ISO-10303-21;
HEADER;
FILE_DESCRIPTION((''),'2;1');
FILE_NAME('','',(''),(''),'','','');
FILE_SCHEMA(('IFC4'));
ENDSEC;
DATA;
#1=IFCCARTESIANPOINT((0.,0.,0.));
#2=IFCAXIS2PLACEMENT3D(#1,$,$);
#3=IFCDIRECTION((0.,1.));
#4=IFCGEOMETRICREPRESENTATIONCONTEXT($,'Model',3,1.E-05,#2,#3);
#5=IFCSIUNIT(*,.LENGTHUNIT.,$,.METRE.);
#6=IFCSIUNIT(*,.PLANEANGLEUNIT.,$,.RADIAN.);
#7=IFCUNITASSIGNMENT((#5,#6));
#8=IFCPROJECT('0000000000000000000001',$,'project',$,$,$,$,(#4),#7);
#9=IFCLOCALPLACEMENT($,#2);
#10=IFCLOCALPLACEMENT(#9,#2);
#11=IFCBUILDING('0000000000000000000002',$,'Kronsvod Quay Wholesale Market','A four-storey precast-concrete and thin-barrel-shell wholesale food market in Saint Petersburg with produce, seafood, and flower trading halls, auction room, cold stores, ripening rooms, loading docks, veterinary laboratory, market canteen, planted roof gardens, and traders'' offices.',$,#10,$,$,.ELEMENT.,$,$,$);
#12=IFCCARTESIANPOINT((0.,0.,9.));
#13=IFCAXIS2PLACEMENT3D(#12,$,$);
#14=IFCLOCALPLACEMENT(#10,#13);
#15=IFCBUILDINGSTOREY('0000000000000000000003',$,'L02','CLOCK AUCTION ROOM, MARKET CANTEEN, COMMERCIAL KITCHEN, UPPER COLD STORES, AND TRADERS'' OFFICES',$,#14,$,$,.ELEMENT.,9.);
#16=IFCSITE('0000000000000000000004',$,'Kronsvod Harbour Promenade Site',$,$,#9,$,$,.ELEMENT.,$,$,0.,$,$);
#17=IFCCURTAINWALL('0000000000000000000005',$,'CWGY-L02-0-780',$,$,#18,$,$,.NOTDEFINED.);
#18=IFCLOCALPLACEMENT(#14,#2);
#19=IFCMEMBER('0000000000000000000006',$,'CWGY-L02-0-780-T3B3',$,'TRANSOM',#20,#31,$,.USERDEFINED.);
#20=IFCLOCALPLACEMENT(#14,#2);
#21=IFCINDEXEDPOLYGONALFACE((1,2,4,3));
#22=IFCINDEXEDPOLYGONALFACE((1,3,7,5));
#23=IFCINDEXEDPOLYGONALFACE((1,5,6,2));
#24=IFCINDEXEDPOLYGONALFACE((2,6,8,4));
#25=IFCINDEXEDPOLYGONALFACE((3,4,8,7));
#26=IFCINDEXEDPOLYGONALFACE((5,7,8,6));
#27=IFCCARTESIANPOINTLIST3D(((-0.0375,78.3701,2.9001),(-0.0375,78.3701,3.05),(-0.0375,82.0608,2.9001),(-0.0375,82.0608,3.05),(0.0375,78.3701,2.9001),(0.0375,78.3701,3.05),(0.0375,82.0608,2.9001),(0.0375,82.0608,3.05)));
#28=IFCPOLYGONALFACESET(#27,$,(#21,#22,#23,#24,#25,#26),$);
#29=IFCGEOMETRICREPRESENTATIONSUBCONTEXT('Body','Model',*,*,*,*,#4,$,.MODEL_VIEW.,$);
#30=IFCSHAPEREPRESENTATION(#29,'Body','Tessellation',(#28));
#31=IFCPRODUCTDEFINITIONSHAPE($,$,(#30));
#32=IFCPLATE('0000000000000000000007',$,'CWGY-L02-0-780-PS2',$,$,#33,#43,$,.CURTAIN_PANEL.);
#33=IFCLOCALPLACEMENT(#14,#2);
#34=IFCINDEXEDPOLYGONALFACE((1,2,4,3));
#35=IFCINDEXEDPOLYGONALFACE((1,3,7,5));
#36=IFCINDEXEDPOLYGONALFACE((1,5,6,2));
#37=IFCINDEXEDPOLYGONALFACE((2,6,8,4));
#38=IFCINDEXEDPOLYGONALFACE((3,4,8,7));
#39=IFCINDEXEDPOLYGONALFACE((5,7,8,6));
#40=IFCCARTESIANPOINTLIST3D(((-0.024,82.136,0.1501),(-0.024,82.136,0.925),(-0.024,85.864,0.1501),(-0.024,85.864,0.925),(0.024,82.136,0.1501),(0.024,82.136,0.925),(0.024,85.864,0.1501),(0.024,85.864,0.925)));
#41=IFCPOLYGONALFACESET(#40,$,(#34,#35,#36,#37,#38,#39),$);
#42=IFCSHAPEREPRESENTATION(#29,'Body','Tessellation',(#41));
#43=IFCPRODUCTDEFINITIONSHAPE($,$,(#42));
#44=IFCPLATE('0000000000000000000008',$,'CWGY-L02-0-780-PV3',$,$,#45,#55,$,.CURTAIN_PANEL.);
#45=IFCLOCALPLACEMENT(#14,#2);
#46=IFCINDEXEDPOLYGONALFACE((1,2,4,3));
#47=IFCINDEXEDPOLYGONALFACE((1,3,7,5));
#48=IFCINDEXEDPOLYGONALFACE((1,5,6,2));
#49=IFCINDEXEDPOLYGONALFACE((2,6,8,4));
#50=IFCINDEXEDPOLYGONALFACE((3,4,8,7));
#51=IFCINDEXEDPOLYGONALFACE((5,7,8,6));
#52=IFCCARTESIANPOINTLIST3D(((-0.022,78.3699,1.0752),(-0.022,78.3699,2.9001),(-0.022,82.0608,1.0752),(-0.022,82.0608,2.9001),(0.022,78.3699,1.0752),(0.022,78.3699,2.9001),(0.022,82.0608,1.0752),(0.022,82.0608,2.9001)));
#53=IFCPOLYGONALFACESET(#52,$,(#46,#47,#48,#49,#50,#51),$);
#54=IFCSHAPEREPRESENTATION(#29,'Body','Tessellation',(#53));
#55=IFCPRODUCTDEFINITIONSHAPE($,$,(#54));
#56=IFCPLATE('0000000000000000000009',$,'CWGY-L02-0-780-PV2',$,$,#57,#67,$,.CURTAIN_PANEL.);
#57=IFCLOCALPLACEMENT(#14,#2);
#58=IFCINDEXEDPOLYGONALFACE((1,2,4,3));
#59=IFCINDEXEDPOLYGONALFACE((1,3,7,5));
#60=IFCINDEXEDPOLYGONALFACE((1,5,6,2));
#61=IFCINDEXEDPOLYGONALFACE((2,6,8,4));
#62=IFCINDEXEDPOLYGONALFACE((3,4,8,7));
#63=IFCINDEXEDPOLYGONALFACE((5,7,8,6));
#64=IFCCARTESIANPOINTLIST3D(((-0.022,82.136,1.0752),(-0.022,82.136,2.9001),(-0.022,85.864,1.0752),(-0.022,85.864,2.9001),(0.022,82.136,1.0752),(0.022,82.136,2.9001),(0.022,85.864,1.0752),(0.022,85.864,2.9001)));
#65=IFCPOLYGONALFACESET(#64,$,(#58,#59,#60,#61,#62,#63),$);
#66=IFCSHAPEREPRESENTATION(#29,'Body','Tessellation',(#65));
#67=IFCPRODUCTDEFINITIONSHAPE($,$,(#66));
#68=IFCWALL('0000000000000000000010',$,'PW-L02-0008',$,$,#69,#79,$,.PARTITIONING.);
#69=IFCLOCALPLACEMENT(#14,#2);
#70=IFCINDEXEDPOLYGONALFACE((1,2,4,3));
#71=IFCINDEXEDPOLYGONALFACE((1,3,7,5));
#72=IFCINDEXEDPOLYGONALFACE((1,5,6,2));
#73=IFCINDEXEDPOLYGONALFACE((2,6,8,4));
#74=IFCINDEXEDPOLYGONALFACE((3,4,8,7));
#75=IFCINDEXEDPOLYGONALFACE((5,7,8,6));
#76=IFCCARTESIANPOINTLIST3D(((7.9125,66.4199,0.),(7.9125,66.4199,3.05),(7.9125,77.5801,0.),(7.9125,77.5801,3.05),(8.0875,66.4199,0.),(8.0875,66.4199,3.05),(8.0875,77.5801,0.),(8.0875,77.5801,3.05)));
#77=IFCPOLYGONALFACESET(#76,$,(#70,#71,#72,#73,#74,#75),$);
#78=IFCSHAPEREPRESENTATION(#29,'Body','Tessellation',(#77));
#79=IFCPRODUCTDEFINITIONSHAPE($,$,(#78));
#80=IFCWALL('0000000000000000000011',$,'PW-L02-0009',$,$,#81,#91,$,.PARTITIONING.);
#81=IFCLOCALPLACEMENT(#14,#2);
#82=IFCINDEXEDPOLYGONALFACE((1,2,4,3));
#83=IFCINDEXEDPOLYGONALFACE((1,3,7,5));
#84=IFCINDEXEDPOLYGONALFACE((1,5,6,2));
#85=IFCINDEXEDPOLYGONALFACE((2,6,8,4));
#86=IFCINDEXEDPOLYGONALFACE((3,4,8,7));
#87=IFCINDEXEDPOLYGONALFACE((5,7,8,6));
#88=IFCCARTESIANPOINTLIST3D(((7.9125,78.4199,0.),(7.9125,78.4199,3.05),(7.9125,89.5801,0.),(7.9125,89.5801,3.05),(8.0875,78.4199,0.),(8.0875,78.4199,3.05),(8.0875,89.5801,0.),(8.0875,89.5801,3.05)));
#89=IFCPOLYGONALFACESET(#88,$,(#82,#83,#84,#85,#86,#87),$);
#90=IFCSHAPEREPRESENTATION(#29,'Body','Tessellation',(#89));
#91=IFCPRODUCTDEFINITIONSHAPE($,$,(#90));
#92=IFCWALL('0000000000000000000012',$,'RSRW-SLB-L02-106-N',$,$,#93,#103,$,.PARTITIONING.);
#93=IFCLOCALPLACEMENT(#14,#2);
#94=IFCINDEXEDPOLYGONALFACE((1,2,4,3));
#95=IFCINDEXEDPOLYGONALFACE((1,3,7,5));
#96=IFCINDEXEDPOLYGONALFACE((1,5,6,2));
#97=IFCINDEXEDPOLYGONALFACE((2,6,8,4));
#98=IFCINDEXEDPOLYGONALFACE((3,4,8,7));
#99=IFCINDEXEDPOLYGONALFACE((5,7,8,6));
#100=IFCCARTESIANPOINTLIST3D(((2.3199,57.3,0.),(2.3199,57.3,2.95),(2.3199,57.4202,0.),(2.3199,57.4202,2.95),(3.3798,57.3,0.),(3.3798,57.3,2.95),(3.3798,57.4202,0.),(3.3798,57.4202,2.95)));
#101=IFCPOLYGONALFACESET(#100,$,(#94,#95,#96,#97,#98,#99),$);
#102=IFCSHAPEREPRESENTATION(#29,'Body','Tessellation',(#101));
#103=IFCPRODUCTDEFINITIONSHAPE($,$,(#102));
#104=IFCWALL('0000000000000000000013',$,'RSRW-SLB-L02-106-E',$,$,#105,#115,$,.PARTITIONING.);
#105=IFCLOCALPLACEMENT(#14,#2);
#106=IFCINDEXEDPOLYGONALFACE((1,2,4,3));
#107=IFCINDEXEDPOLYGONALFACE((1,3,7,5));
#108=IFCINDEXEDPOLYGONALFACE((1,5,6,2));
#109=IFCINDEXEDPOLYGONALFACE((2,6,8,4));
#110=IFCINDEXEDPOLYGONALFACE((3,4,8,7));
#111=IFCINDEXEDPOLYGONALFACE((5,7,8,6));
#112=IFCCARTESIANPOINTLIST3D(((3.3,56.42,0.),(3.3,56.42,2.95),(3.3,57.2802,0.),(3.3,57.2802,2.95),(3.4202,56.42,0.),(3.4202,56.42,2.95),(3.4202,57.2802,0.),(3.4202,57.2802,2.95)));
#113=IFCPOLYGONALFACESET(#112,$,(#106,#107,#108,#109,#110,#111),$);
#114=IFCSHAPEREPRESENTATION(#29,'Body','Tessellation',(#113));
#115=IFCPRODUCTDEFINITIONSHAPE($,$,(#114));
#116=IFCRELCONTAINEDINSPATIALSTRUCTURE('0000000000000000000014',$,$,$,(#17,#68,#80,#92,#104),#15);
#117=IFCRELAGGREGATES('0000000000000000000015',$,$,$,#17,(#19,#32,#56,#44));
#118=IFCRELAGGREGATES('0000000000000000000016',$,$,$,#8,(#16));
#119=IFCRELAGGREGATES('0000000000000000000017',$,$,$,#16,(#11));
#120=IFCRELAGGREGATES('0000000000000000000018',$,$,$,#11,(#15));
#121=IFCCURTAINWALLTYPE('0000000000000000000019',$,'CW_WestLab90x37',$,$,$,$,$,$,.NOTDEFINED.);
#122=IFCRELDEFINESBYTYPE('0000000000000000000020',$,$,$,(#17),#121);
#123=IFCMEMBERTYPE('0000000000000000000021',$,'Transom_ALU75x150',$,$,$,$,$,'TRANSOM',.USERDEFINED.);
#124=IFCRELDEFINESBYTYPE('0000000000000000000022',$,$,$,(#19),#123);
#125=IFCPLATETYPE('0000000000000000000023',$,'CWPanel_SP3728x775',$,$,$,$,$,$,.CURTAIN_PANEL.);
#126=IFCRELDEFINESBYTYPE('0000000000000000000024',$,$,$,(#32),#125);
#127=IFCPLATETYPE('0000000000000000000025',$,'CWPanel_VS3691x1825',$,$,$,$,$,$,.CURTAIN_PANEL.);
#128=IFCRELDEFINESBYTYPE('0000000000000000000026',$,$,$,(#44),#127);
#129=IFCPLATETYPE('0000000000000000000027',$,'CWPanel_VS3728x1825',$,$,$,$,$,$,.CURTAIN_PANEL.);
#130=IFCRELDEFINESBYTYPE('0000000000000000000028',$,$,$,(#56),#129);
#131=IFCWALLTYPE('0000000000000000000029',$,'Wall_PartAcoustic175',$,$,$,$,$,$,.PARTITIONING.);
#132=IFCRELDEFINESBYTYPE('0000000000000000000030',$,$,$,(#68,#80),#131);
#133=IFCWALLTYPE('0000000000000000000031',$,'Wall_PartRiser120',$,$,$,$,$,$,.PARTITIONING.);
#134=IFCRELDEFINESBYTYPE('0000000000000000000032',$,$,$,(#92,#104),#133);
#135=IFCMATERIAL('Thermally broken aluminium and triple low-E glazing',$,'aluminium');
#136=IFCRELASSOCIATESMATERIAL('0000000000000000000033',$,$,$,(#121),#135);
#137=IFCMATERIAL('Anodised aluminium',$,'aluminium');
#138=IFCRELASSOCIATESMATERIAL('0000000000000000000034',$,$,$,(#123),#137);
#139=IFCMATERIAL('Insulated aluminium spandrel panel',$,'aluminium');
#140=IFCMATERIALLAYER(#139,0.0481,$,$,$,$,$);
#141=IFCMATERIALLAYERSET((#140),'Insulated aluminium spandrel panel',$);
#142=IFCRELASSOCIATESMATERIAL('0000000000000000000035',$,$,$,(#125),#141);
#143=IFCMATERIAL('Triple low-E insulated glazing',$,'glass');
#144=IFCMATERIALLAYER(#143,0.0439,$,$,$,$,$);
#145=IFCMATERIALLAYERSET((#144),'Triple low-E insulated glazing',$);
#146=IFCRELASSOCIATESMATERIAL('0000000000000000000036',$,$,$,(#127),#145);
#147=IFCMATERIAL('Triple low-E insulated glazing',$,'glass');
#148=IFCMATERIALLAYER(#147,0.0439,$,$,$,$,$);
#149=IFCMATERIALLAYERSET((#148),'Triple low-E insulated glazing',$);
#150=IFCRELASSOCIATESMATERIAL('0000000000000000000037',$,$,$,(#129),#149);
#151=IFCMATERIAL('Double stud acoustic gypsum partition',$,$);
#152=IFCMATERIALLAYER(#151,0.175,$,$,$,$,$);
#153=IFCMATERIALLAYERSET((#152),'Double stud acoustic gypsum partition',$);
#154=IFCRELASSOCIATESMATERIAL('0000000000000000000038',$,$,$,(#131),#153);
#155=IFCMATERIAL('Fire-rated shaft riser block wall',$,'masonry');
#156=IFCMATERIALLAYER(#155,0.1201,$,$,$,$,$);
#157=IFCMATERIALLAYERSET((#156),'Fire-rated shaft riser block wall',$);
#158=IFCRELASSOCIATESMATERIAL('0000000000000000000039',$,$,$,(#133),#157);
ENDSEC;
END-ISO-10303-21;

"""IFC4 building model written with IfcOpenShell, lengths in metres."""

from ifc_helpers import new_model, si_unit, direction, frame, frame_2d, origin, origin_2d, place, context, subcontext, project, spatial, rectangle, extrude, material, layer, layer_set, material_profile, profile_set, type_object, element, aggregate, save


model = new_model("IFC4")

# Units and contexts
model_context = context("Model", 3, precision=1e-05, world=origin(), true_north=direction((0.0, 1.0)))
body_context = subcontext(model_context, "Body", "Model", "MODEL_VIEW")
ifc_project = project(units=[si_unit("LENGTHUNIT", "METRE"), si_unit("PLANEANGLEUNIT", "RADIAN")], contexts=[model_context])

# Site, building, storey
site_placement = place(None, origin())
site = spatial("IfcSite", under=ifc_project, at=site_placement, Name="Kronsvod Harbour Promenade Site", CompositionType="ELEMENT", RefElevation=0.0)
building_placement = place(site_placement, origin())
building = spatial("IfcBuilding", under=site, at=building_placement, Name="Kronsvod Quay Wholesale Market", Description="A four-storey precast-concrete and thin-barrel-shell wholesale food market in Saint Petersburg with produce, seafood, and flower trading halls, auction room, cold stores, ripening rooms, loading docks, veterinary laboratory, market canteen, planted roof gardens, and traders' offices.", CompositionType="ELEMENT")
storey_placement = place(building_placement, frame((0.0, 0.0, 9.0)))
storey = spatial("IfcBuildingStorey", under=building, at=storey_placement, Name="L02", Description="CLOCK AUCTION ROOM, MARKET CANTEEN, COMMERCIAL KITCHEN, UPPER COLD STORES, AND TRADERS' OFFICES", CompositionType="ELEMENT", Elevation=9.0)

# Curtain wall, member, plates
ifc_material_1 = material(Name="Thermally broken aluminium and triple low-E glazing", Category="aluminium")
curtain_wall_type = type_object("IfcCurtainWallType", Name="CW_WestLab90x37", PredefinedType="NOTDEFINED", material=ifc_material_1)
curtain_wall_placement = place(storey_placement, origin())
curtain_wall = element("IfcCurtainWall", 1, at=curtain_wall_placement, inside=storey, type_object=curtain_wall_type, Name="CWGY-L02-0-780", PredefinedType="NOTDEFINED")
ifc_material_2 = material(Name="Anodised aluminium", Category="aluminium")
ifc_material_profile_1 = material_profile(ifc_material_2, rectangle(XDim=0.075, YDim=0.1499, at=origin_2d()), Name="ALUT75x150")
ifc_profile_set_1 = profile_set([ifc_material_profile_1], Name="Anodised aluminium")
member_type_1 = type_object("IfcMemberType", Name="Transom_ALU75x150", ElementType="TRANSOM", PredefinedType="USERDEFINED", material=ifc_profile_set_1)
member_1_placement = place(storey_placement, frame((0.0, 82.0608, 2.9751), z_axis=(0.0, -1.0, 0.0), x_axis=(1.0, 0.0, 0.0)))
member_1 = element("IfcMember", 2, at=member_1_placement, type_object=member_type_1, Name="CWGY-L02-0-780-T3B3", ObjectType="TRANSOM", PredefinedType="USERDEFINED", context=body_context, shape_type="SweptSolid", body=[
    extrude(rectangle(XDim=0.075, YDim=0.1499, at=origin_2d()), origin(), (0.0, 0.0, 1.0), 3.6907),
])
ifc_material_3 = material(Name="Insulated aluminium spandrel panel", Category="aluminium")
ifc_layer_1 = layer(ifc_material_3, 0.0481)
ifc_layer_set_1 = layer_set([ifc_layer_1], Name="Insulated aluminium spandrel panel")
plate_type_1 = type_object("IfcPlateType", Name="CWPanel_SP3728x775", PredefinedType="CURTAIN_PANEL", material=ifc_layer_set_1)
plate_1_placement = place(storey_placement, frame((0.0, 84.0, 0.1501), z_axis=(0.0, 0.0, 1.0), x_axis=(0.0, -1.0, 0.0)))
plate_1 = element("IfcPlate", 3, at=plate_1_placement, type_object=plate_type_1, Name="CWGY-L02-0-780-PS2", PredefinedType="CURTAIN_PANEL", context=body_context, shape_type="SweptSolid", body=[
    extrude(rectangle(XDim=3.728, YDim=0.0481, at=origin_2d()), origin(), (0.0, 0.0, 1.0), 0.7749),
])
ifc_material_4 = material(Name="Triple low-E insulated glazing", Category="glass")
ifc_layer_2 = layer(ifc_material_4, 0.0439)
ifc_layer_set_2 = layer_set([ifc_layer_2], Name="Triple low-E insulated glazing")
plate_type_2 = type_object("IfcPlateType", Name="CWPanel_VS3691x1825", PredefinedType="CURTAIN_PANEL", material=ifc_layer_set_2)
plate_2_placement = place(storey_placement, frame((0.0, 80.2153, 1.0752), z_axis=(0.0, 0.0, 1.0), x_axis=(0.0, -1.0, 0.0)))
plate_2 = element("IfcPlate", 4, at=plate_2_placement, type_object=plate_type_2, Name="CWGY-L02-0-780-PV3", PredefinedType="CURTAIN_PANEL", context=body_context, shape_type="SweptSolid", body=[
    extrude(rectangle(XDim=3.6909, YDim=0.0439, at=origin_2d()), origin(), (0.0, 0.0, 1.0), 1.825),
])
ifc_material_5 = material(Name="Triple low-E insulated glazing", Category="glass")
ifc_layer_3 = layer(ifc_material_5, 0.0439)
ifc_layer_set_3 = layer_set([ifc_layer_3], Name="Triple low-E insulated glazing")
plate_type_3 = type_object("IfcPlateType", Name="CWPanel_VS3728x1825", PredefinedType="CURTAIN_PANEL", material=ifc_layer_set_3)
plate_3_placement = place(storey_placement, frame((0.0, 84.0, 1.0752), z_axis=(0.0, 0.0, 1.0), x_axis=(0.0, -1.0, 0.0)))
plate_3 = element("IfcPlate", 5, at=plate_3_placement, type_object=plate_type_3, Name="CWGY-L02-0-780-PV2", PredefinedType="CURTAIN_PANEL", context=body_context, shape_type="SweptSolid", body=[
    extrude(rectangle(XDim=3.728, YDim=0.0439, at=origin_2d()), origin(), (0.0, 0.0, 1.0), 1.825),
])
aggregate(curtain_wall, [member_1, plate_1, plate_3, plate_2])

# Walls
ifc_material_6 = material(Name="Double stud acoustic gypsum partition")
ifc_layer_4 = layer(ifc_material_6, 0.175)
ifc_layer_set_4 = layer_set([ifc_layer_4], Name="Double stud acoustic gypsum partition")
wall_type_1 = type_object("IfcWallType", Name="Wall_PartAcoustic175", PredefinedType="PARTITIONING", material=ifc_layer_set_4)
for number, where, z_axis, x_axis, name in (
    (6, (8.0, 66.4199, 0.0), (0.0, 0.0, 1.0), (0.0, 1.0, 0.0), "PW-L02-0008"),
    (7, (8.0, 78.4199, 0.0), (0.0, 0.0, 1.0), (0.0, 1.0, 0.0), "PW-L02-0009"),
):
    element("IfcWall", number, at=place(storey_placement, frame(where, z_axis=z_axis, x_axis=x_axis)), inside=storey, type_object=wall_type_1, Name=name, PredefinedType="PARTITIONING", context=body_context, shape_type="SweptSolid", body=[
        extrude(rectangle(XDim=11.1602, YDim=0.175, at=frame_2d((5.5801, 0.0))), origin(), (0.0, 0.0, 1.0), 3.05),
    ])
ifc_material_7 = material(Name="Fire-rated shaft riser block wall", Category="masonry")
ifc_layer_5 = layer(ifc_material_7, 0.1201)
ifc_layer_set_5 = layer_set([ifc_layer_5], Name="Fire-rated shaft riser block wall")
wall_type_2 = type_object("IfcWallType", Name="Wall_PartRiser120", PredefinedType="PARTITIONING", material=ifc_layer_set_5)
wall_1_placement = place(storey_placement, frame((2.3201, 57.3601, 0.0), z_axis=(0.0, 0.0, 1.0), x_axis=(1.0, 0.0, 0.0)))
element("IfcWall", 8, at=wall_1_placement, inside=storey, type_object=wall_type_2, Name="RSRW-SLB-L02-106-N", PredefinedType="PARTITIONING", context=body_context, shape_type="SweptSolid", body=[
    extrude(rectangle(XDim=1.0598, YDim=0.1201, at=frame_2d((0.5298, 0.0))), origin(), (0.0, 0.0, 1.0), 2.95),
])
wall_2_placement = place(storey_placement, frame((3.3601, 56.4199, 0.0), z_axis=(0.0, 0.0, 1.0), x_axis=(0.0, 1.0, 0.0)))
element("IfcWall", 9, at=wall_2_placement, inside=storey, type_object=wall_type_2, Name="RSRW-SLB-L02-106-E", PredefinedType="PARTITIONING", context=body_context, shape_type="SweptSolid", body=[
    extrude(rectangle(XDim=0.8601, YDim=0.1201, at=frame_2d((0.4302, 0.0))), origin(), (0.0, 0.0, 1.0), 2.95),
])

save(model, "model.ifc")
